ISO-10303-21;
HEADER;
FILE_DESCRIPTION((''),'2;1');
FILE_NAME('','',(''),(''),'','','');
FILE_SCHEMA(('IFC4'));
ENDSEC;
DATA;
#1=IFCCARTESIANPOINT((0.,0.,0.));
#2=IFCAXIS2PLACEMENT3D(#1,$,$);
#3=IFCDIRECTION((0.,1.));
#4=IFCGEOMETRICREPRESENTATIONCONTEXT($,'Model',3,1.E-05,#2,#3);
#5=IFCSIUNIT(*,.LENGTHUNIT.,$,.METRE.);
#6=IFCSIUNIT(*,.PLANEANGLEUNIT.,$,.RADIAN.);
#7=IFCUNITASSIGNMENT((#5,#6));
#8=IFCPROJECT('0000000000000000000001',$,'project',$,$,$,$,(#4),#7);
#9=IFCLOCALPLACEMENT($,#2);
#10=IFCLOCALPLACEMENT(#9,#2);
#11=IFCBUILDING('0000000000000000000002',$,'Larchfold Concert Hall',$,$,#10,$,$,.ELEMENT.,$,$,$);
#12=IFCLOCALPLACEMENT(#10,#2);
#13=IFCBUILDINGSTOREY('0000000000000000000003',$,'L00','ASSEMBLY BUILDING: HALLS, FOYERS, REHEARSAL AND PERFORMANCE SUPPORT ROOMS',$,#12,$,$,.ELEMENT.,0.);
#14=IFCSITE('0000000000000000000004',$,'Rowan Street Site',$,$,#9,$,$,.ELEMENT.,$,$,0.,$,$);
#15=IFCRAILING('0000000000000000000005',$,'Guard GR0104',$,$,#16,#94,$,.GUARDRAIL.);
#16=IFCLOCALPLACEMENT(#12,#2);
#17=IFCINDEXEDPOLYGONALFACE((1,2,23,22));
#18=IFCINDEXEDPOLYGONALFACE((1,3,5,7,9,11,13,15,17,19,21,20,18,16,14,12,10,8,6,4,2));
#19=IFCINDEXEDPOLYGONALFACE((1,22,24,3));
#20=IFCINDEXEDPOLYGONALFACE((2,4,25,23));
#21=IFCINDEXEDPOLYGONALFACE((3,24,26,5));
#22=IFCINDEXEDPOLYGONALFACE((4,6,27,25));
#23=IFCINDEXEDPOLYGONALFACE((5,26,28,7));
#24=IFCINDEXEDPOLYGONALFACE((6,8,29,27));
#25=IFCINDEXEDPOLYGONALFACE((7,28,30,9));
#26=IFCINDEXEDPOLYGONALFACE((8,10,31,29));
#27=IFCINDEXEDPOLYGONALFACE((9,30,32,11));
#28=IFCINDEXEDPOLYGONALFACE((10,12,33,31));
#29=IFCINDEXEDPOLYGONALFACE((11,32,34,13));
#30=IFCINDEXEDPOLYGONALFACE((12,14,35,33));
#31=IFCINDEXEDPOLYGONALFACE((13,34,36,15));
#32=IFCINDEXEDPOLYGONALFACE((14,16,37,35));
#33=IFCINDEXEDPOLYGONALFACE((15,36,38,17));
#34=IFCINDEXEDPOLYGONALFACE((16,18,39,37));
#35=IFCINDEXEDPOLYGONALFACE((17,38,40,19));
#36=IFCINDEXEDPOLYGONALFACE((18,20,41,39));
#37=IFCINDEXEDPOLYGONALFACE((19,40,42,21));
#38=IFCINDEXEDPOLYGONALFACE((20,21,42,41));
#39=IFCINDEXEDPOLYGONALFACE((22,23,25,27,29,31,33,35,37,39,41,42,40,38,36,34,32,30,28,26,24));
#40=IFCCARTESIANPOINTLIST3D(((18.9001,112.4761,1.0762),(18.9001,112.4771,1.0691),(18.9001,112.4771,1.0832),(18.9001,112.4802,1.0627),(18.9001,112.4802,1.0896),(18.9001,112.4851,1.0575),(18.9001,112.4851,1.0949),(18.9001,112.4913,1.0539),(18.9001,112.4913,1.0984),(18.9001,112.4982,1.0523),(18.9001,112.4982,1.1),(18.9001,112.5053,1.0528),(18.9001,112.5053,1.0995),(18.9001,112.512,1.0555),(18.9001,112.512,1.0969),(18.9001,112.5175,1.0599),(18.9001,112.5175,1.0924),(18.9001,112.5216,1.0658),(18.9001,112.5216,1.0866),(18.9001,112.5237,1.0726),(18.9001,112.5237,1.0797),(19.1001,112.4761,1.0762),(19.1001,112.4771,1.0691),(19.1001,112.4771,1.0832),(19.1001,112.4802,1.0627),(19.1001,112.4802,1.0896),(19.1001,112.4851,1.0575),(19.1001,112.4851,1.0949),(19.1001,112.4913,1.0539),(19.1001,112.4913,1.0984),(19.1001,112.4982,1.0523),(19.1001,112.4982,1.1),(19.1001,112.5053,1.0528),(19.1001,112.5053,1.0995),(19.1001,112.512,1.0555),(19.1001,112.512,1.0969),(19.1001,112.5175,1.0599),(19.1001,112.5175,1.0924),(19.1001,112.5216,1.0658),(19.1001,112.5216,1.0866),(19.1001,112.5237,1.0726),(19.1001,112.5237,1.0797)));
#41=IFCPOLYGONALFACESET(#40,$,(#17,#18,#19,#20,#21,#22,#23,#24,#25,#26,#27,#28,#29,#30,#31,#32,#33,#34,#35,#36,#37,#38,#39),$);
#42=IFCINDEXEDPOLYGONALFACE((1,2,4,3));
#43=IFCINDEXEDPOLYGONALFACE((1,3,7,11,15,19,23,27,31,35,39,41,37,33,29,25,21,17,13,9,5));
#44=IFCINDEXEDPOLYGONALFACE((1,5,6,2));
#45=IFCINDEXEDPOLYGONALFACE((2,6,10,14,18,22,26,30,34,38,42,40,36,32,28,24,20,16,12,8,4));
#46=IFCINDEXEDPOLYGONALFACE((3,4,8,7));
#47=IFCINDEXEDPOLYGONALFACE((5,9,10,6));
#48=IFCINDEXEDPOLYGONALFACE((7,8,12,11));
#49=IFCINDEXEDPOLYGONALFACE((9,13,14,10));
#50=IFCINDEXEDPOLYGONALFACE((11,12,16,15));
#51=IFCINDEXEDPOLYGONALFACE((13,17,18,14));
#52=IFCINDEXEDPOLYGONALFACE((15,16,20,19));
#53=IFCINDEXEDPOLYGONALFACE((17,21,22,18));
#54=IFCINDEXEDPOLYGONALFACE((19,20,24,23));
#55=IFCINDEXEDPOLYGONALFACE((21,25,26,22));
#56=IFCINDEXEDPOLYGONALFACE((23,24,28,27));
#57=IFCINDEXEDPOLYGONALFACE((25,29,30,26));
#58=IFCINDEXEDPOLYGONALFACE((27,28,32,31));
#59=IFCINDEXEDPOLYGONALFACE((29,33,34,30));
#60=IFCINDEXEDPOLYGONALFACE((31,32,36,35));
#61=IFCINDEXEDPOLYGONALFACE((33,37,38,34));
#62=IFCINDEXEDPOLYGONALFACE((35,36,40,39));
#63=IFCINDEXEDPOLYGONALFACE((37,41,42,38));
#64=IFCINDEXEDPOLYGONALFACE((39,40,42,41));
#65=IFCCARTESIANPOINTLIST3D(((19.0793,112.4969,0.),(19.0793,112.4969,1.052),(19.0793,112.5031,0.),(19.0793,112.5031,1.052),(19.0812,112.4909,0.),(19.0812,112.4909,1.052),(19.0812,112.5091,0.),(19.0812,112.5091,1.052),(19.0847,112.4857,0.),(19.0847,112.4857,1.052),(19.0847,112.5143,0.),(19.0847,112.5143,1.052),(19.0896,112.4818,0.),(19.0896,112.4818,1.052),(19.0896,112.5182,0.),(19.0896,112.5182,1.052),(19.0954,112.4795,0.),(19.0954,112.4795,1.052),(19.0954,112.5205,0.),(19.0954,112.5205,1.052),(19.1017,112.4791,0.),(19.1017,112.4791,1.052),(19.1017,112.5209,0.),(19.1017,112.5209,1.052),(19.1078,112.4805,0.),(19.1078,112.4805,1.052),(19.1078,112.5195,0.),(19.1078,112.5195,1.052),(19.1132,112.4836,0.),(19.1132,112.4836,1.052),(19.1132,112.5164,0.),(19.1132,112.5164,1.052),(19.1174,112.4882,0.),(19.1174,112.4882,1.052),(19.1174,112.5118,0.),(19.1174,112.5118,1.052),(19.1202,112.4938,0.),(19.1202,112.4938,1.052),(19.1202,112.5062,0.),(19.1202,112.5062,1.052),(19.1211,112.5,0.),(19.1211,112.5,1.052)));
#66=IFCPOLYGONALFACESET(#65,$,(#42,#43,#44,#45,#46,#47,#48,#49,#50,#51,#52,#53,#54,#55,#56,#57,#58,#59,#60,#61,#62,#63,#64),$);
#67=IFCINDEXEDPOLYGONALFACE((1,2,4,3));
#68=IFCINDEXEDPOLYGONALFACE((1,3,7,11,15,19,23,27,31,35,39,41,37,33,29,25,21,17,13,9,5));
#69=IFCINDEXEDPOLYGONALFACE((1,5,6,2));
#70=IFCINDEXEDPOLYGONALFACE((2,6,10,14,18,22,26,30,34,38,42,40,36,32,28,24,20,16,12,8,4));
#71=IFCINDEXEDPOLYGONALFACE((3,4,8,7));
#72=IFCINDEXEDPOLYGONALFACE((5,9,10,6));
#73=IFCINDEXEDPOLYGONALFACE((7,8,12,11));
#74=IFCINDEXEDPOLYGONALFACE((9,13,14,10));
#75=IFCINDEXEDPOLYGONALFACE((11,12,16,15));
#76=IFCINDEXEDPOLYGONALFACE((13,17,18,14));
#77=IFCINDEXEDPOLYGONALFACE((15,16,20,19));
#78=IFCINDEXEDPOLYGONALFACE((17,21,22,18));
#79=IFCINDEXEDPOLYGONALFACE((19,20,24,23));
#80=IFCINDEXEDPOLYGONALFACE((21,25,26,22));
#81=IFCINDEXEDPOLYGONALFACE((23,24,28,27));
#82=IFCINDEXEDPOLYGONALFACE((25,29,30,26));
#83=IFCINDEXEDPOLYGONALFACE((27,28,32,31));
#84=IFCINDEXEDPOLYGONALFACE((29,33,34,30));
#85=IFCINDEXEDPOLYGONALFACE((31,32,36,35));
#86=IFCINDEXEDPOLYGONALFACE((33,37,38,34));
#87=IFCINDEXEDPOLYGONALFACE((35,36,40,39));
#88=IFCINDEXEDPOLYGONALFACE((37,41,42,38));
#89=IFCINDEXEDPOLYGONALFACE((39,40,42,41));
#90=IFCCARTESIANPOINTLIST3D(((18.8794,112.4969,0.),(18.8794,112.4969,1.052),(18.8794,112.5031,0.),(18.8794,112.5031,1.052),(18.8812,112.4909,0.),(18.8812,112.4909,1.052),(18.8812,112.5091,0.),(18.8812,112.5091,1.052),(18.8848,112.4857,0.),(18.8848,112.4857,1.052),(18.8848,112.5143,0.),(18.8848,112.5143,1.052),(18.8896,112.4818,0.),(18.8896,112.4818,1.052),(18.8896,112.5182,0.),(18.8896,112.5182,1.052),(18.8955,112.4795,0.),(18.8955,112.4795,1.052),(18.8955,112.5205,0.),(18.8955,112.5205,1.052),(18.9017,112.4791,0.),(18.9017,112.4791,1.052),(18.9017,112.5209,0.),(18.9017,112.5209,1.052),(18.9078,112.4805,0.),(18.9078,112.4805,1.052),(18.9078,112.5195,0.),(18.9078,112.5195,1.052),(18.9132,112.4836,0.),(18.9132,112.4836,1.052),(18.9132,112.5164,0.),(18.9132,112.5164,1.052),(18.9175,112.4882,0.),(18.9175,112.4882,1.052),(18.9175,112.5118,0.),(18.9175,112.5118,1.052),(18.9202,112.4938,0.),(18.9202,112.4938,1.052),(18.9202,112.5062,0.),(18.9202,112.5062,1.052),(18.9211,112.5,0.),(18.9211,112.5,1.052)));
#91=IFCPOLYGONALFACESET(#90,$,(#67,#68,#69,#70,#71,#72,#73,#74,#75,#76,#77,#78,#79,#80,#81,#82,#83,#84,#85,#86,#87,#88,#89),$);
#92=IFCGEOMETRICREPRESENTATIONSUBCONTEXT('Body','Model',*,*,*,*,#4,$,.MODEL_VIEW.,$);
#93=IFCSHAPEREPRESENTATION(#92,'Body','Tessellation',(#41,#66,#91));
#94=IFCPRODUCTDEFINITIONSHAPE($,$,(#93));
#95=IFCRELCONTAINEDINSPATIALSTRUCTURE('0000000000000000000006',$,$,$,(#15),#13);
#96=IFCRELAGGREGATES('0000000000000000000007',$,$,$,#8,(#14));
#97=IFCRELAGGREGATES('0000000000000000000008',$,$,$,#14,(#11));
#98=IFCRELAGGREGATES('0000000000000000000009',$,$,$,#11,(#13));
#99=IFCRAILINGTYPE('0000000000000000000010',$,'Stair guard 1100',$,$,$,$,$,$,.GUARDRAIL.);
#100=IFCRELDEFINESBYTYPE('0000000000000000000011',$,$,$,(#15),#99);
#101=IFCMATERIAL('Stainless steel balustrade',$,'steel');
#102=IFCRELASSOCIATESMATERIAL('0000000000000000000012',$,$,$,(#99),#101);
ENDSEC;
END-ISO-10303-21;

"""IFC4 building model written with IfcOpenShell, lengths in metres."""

from ifc_helpers import new_model, si_unit, direction, frame, origin, origin_2d, place, context, subcontext, project, spatial, circle, extrude, material, type_object, element, save


model = new_model("IFC4")

# Units and contexts
model_context = context("Model", 3, precision=1e-05, world=origin(), true_north=direction((0.0, 1.0)))
body_context = subcontext(model_context, "Body", "Model", "MODEL_VIEW")
ifc_project = project(units=[si_unit("LENGTHUNIT", "METRE"), si_unit("PLANEANGLEUNIT", "RADIAN")], contexts=[model_context])

# Site, building, storey
site_placement = place(None, origin())
site = spatial("IfcSite", under=ifc_project, at=site_placement, Name="Rowan Street Site", CompositionType="ELEMENT", RefElevation=0.0)
building_placement = place(site_placement, origin())
building = spatial("IfcBuilding", under=site, at=building_placement, Name="Larchfold Concert Hall", CompositionType="ELEMENT")
storey_placement = place(building_placement, origin())
storey = spatial("IfcBuildingStorey", under=building, at=storey_placement, Name="L00", Description="ASSEMBLY BUILDING: HALLS, FOYERS, REHEARSAL AND PERFORMANCE SUPPORT ROOMS", CompositionType="ELEMENT", Elevation=0.0)

# Railing
ifc_material_1 = material(Name="Stainless steel balustrade", Category="steel")
railing_type_1 = type_object("IfcRailingType", Name="Stair guard 1100", PredefinedType="GUARDRAIL", material=ifc_material_1)
railing_1_placement = place(storey_placement, frame((19.1001, 112.5, 0.0)))
element("IfcRailing", 1, at=railing_1_placement, inside=storey, type_object=railing_type_1, Name="Guard GR0104", PredefinedType="GUARDRAIL", context=body_context, shape_type="SweptSolid", body=[
    extrude(circle(Radius=0.0239, at=origin_2d()), frame((0.0, 0.0, 1.0762), z_axis=(-1.0, 0.0, 0.0), x_axis=(0.0, -1.0, 0.0)), (0.0, 0.0, 1.0), 0.2),
    extrude(circle(Radius=0.021, at=origin_2d()), origin(), (0.0, 0.0, 1.0), 1.052),
    extrude(circle(Radius=0.021, at=origin_2d()), frame((-0.2, 0.0, 0.0)), (0.0, 0.0, 1.0), 1.052),
])

save(model, "model.ifc")
